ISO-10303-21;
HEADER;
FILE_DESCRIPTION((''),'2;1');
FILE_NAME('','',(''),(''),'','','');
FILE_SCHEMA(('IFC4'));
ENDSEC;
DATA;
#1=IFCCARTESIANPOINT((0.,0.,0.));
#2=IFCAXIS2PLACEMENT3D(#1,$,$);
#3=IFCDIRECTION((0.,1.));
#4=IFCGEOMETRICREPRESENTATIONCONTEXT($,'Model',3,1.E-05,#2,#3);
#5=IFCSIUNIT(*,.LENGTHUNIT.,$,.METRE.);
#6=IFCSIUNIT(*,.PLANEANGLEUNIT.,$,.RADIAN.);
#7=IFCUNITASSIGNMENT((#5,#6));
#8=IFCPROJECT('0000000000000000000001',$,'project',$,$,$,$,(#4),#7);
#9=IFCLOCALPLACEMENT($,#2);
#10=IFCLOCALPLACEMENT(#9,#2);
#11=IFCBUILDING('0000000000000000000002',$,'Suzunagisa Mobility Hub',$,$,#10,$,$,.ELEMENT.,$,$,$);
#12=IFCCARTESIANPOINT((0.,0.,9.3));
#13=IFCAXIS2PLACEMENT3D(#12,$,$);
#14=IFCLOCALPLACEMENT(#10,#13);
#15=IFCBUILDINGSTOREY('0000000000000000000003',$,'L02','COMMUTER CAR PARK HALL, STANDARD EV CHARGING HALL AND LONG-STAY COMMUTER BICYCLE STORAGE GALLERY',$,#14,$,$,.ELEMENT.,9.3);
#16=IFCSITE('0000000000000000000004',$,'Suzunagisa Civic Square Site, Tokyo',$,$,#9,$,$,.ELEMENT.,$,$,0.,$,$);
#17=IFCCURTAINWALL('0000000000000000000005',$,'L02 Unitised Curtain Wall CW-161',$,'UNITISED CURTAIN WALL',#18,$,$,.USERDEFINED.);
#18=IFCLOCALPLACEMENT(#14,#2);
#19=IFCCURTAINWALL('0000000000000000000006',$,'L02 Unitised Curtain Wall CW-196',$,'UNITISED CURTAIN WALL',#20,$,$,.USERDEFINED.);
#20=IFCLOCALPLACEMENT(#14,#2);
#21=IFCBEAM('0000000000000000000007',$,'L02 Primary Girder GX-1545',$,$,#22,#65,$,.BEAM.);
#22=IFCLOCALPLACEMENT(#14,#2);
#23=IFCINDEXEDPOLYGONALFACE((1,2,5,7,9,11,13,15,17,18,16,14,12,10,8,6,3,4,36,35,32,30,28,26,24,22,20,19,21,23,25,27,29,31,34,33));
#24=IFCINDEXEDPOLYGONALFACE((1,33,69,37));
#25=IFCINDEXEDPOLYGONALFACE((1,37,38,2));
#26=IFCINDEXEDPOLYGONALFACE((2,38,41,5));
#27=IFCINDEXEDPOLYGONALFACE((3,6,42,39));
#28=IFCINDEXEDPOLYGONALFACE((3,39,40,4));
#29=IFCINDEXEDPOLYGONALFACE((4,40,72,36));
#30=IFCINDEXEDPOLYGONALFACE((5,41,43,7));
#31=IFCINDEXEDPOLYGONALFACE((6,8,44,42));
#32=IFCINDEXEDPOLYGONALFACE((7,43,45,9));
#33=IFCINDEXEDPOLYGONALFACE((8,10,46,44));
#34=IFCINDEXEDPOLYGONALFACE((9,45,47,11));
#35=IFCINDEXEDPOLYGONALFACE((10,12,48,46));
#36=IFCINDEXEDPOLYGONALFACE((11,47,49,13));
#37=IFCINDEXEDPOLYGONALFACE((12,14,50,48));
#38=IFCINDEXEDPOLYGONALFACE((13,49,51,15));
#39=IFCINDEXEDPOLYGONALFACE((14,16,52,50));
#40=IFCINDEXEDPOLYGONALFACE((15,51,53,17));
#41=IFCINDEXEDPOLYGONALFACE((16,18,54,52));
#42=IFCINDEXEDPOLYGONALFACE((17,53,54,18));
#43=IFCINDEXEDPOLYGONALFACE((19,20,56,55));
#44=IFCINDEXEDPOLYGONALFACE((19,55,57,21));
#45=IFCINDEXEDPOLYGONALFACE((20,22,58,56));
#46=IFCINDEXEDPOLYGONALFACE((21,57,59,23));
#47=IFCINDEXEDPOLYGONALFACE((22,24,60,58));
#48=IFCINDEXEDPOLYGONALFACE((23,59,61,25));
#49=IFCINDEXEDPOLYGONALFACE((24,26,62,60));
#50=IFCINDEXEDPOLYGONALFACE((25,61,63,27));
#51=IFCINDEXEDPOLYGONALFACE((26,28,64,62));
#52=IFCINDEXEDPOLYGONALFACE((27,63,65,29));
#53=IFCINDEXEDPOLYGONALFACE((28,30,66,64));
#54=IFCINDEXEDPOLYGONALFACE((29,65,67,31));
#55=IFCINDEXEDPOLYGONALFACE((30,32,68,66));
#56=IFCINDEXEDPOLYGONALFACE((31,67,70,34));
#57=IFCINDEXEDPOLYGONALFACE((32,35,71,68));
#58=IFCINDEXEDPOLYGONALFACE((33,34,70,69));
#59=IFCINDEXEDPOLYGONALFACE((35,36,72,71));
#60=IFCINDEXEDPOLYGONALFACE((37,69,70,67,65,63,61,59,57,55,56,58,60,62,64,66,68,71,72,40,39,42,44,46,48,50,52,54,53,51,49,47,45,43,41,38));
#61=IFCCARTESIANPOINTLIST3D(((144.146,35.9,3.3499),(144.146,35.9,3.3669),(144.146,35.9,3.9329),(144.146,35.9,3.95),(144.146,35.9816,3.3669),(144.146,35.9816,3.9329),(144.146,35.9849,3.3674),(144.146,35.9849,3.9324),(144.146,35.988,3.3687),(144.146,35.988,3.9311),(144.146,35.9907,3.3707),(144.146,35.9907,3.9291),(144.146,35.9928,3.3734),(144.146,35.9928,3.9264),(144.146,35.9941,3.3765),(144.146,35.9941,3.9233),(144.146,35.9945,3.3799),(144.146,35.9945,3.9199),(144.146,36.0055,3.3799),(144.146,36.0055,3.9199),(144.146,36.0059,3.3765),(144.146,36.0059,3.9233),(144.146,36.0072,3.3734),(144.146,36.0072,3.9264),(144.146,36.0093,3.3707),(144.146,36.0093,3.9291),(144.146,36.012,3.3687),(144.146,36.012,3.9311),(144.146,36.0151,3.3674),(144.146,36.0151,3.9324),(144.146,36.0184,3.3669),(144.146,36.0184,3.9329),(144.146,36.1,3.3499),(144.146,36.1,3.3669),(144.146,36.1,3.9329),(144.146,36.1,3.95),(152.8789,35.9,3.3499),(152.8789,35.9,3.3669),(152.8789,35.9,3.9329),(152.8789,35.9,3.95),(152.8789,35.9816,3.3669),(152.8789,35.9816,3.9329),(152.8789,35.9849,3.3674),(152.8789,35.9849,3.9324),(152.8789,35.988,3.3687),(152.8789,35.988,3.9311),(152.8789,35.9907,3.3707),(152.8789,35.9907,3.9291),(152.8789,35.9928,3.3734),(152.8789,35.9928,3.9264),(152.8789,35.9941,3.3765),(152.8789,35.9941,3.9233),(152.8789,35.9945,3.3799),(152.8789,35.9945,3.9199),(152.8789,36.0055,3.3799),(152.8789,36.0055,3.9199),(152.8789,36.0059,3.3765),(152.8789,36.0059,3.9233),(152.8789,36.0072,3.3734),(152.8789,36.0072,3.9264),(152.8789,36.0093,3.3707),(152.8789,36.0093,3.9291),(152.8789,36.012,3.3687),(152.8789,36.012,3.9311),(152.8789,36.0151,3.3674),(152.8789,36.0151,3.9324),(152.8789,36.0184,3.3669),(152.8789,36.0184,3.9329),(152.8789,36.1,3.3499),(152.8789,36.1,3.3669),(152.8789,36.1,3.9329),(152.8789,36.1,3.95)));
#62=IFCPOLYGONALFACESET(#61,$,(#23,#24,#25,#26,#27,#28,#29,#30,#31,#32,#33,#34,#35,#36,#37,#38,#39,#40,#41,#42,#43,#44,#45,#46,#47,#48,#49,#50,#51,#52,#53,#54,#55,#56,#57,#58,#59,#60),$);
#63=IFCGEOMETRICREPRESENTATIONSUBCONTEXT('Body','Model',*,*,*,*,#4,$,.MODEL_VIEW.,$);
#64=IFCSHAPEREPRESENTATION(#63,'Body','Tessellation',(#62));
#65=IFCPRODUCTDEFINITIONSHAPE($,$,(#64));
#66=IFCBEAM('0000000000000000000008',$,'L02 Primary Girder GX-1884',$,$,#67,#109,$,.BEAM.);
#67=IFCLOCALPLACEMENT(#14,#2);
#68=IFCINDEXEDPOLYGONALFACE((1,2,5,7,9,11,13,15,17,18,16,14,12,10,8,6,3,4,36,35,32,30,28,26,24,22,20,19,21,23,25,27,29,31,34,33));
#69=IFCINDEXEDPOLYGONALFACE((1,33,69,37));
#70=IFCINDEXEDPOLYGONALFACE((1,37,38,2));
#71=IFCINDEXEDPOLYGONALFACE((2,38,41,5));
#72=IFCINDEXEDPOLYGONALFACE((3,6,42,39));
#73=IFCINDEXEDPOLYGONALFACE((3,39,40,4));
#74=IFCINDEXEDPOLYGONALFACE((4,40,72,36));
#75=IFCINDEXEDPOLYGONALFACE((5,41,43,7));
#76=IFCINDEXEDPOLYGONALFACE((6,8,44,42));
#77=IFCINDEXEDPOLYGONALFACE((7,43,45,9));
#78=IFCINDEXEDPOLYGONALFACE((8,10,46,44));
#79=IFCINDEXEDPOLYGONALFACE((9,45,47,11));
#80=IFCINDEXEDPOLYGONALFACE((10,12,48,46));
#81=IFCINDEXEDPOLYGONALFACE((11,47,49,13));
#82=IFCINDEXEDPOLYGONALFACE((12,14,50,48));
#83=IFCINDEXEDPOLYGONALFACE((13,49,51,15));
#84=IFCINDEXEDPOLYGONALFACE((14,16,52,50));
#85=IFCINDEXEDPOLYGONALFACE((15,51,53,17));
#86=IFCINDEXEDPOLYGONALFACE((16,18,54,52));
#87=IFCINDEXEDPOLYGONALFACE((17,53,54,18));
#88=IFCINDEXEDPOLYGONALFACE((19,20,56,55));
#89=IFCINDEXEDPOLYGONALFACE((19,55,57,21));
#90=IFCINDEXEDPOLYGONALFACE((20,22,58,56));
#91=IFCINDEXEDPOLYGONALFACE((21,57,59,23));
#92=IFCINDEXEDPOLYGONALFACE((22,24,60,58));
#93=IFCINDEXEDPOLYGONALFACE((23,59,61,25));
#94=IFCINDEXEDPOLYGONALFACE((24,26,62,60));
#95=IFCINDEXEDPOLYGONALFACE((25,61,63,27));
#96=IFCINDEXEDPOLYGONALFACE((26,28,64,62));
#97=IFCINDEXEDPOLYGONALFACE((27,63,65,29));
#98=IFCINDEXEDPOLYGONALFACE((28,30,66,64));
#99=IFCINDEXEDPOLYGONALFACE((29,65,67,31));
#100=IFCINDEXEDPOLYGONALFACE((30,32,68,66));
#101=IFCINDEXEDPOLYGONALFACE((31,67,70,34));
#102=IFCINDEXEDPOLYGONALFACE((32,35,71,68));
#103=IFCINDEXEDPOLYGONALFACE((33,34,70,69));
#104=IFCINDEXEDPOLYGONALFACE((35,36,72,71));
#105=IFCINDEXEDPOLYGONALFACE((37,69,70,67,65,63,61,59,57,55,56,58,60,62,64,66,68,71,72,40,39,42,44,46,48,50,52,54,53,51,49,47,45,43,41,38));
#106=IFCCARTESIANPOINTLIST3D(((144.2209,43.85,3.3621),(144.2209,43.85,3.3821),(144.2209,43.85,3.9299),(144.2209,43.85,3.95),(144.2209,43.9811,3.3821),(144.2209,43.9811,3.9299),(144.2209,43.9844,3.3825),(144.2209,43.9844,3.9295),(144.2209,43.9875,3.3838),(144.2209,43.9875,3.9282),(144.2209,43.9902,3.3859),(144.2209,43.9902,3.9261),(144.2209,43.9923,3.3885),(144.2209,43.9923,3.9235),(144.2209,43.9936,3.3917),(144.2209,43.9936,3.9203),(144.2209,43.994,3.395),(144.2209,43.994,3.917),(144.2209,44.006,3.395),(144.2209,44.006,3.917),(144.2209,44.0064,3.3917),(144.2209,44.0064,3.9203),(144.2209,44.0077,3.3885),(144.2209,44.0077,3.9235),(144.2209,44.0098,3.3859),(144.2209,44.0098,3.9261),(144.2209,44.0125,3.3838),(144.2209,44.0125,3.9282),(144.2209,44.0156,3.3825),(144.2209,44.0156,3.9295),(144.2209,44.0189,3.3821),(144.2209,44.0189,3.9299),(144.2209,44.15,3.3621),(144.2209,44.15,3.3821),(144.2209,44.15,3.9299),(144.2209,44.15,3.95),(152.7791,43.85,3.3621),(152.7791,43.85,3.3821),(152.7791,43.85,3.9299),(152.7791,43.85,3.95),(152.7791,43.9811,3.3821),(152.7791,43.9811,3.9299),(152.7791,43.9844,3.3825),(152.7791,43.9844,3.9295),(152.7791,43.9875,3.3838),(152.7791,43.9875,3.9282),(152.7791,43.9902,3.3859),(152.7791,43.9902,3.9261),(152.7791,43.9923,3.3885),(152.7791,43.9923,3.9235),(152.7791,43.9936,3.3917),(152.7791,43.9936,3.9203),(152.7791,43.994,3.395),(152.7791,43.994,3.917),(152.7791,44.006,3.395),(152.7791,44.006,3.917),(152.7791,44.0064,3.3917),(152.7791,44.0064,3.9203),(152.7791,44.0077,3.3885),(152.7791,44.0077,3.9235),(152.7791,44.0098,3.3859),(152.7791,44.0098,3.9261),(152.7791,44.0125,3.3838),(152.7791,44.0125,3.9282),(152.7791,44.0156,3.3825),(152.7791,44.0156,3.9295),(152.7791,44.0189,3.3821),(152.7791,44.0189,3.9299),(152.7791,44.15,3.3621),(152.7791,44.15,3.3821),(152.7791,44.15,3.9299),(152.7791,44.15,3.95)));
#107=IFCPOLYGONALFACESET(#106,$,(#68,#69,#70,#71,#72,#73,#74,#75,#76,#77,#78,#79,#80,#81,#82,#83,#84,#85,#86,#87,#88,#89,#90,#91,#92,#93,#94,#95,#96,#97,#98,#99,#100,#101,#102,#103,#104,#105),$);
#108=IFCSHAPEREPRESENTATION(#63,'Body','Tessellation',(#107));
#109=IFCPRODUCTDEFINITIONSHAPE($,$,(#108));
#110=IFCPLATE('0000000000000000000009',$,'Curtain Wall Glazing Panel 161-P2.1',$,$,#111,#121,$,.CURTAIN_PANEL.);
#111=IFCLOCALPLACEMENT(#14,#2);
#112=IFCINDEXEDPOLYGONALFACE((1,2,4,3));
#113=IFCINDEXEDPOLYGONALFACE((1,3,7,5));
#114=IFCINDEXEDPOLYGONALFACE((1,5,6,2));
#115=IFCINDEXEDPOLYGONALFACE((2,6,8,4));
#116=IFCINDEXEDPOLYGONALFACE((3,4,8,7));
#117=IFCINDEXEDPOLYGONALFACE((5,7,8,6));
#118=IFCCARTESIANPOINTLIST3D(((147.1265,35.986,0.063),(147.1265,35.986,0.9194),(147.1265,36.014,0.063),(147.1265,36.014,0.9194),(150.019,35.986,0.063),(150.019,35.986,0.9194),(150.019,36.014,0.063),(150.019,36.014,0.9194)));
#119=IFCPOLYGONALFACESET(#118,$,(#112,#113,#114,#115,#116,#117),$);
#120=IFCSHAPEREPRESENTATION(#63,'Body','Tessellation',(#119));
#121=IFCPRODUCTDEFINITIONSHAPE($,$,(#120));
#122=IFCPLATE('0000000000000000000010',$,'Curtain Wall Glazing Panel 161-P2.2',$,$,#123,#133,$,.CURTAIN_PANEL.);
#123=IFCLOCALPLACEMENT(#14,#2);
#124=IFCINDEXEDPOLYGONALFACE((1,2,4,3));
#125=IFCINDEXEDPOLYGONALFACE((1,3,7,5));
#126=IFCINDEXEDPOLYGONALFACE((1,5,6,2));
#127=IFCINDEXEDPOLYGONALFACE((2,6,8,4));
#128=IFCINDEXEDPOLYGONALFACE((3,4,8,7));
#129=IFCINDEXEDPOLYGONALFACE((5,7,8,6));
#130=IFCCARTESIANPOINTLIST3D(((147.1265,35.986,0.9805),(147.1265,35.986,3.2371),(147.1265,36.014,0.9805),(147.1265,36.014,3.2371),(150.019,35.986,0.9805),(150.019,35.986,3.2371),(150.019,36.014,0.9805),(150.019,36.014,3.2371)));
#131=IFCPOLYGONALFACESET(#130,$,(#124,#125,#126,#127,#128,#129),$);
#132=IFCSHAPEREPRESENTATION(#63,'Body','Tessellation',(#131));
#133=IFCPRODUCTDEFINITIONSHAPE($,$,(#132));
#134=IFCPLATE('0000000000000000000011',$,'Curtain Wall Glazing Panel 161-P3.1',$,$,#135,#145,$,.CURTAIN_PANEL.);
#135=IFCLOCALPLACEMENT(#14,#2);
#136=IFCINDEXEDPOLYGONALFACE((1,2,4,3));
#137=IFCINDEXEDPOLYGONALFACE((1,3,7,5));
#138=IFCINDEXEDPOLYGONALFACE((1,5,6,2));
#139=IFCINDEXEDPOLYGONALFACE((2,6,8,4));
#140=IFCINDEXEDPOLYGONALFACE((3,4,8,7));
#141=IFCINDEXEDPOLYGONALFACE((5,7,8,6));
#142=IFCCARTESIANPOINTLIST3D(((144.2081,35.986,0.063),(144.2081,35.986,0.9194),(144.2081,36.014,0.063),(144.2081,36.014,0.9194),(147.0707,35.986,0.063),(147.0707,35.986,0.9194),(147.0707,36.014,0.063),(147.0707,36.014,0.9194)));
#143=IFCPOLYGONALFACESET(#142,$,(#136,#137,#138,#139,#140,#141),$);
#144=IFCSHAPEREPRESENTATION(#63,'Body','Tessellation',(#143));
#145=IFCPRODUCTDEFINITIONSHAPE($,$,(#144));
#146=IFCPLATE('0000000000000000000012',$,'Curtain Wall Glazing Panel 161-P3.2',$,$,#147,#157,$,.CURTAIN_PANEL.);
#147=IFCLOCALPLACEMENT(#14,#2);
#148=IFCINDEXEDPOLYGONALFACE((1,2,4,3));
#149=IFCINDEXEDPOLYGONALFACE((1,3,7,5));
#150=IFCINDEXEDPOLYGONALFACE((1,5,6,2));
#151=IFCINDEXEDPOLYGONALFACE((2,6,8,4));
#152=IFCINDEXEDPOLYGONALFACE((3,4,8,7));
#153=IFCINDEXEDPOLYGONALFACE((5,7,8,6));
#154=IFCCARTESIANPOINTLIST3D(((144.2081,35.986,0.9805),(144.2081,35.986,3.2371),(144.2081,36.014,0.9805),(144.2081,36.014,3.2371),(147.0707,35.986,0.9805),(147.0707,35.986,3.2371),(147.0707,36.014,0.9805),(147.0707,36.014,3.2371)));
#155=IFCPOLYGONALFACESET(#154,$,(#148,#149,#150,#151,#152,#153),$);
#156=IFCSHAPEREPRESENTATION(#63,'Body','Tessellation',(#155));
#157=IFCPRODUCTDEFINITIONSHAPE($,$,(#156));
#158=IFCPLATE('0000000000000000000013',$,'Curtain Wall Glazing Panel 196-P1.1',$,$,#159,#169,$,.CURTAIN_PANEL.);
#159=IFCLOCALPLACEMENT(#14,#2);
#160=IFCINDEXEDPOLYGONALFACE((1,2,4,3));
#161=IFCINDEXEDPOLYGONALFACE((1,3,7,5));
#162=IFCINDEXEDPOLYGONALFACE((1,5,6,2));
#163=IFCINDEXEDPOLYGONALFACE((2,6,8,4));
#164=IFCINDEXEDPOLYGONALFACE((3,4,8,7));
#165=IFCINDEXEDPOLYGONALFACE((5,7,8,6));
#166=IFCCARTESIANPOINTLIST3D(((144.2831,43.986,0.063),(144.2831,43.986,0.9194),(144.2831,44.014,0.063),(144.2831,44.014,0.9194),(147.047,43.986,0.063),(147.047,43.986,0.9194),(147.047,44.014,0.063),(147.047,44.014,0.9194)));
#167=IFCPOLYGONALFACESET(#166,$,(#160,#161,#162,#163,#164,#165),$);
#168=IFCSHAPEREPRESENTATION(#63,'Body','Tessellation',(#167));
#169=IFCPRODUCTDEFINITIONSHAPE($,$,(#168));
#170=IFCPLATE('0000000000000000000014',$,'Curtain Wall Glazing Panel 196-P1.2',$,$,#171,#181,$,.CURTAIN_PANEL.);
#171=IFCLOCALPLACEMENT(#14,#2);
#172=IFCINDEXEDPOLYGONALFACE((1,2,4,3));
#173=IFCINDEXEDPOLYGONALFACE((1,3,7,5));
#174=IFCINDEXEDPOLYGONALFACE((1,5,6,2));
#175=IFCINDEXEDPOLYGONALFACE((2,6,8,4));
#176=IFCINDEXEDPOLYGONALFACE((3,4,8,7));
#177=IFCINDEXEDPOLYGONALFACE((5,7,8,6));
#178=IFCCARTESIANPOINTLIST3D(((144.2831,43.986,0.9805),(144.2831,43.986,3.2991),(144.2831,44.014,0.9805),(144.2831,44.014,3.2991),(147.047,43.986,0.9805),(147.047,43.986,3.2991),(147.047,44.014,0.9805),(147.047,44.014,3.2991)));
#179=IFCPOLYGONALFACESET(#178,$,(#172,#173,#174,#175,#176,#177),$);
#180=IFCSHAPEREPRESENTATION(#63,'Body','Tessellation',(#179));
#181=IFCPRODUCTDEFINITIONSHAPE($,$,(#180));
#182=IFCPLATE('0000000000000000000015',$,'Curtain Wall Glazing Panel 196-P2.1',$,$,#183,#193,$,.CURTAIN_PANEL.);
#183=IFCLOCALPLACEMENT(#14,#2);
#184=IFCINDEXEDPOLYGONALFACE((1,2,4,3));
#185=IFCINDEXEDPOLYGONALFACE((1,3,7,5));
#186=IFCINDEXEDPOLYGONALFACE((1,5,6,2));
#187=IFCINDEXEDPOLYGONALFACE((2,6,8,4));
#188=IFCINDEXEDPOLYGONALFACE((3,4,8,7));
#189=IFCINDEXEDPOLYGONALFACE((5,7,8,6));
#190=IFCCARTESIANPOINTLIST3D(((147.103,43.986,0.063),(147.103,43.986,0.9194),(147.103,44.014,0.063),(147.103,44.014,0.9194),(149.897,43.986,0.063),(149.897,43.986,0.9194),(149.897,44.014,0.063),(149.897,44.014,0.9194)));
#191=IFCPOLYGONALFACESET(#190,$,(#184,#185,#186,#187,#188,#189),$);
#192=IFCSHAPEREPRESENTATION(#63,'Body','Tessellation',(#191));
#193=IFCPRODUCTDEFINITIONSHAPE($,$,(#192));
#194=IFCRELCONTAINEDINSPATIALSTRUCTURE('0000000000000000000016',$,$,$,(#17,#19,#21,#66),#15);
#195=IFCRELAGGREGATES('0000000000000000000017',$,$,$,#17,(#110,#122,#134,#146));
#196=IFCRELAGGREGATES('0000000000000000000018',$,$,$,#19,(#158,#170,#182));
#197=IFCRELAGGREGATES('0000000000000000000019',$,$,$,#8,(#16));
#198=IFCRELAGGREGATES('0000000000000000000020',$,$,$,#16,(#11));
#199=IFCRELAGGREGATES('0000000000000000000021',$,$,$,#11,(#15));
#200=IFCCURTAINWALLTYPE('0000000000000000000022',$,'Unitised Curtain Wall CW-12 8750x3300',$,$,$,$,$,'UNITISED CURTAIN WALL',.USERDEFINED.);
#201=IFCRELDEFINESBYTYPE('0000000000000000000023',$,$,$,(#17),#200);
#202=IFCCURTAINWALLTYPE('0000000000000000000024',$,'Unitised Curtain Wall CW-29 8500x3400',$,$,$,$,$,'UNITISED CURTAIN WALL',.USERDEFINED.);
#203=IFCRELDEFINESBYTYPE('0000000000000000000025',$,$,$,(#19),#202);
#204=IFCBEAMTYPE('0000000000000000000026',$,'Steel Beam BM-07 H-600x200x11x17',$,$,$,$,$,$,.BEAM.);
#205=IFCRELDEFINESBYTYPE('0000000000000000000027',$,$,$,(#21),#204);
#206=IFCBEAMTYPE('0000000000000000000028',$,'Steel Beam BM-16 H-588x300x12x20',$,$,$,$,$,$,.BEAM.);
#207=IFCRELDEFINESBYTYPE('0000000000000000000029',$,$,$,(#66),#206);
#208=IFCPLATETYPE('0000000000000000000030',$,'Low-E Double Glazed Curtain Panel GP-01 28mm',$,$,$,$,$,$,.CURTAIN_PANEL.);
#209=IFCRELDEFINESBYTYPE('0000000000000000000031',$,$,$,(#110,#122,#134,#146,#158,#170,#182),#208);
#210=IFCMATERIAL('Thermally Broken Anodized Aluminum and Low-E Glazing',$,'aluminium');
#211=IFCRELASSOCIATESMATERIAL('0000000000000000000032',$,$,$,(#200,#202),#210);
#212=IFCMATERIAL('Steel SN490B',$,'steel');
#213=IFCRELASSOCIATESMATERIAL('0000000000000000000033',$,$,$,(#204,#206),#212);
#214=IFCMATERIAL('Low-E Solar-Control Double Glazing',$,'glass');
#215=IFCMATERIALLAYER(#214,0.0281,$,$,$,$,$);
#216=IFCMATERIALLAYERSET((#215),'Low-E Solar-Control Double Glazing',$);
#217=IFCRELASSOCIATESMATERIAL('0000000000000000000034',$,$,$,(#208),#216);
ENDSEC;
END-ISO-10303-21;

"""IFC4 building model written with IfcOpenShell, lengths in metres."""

from ifc_helpers import new_model, si_unit, direction, frame, origin, origin_2d, place, context, subcontext, project, spatial, rectangle, i_section, extrude, material, layer, layer_set, material_profile, profile_set, type_object, element, aggregate, save


model = new_model("IFC4")

# Units and contexts
model_context = context("Model", 3, precision=1e-05, world=origin(), true_north=direction((0.0, 1.0)))
body_context = subcontext(model_context, "Body", "Model", "MODEL_VIEW")
ifc_project = project(units=[si_unit("LENGTHUNIT", "METRE"), si_unit("PLANEANGLEUNIT", "RADIAN")], contexts=[model_context])

# Site, building, storey
site_placement = place(None, origin())
site = spatial("IfcSite", under=ifc_project, at=site_placement, Name="Suzunagisa Civic Square Site, Tokyo", CompositionType="ELEMENT", RefElevation=0.0)
building_placement = place(site_placement, origin())
building = spatial("IfcBuilding", under=site, at=building_placement, Name="Suzunagisa Mobility Hub", CompositionType="ELEMENT")
storey_placement = place(building_placement, frame((0.0, 0.0, 9.3)))
storey = spatial("IfcBuildingStorey", under=building, at=storey_placement, Name="L02", Description="COMMUTER CAR PARK HALL, STANDARD EV CHARGING HALL AND LONG-STAY COMMUTER BICYCLE STORAGE GALLERY", CompositionType="ELEMENT", Elevation=9.3)

# Shared definitions
ifc_material_1 = material(Name="Steel SN490B", Category="steel")

# Curtain walls
ifc_material_2 = material(Name="Thermally Broken Anodized Aluminum and Low-E Glazing", Category="aluminium")
curtain_wall_type_1 = type_object("IfcCurtainWallType", Name="Unitised Curtain Wall CW-12 8750x3300", ElementType="UNITISED CURTAIN WALL", PredefinedType="USERDEFINED", material=ifc_material_2)
curtain_wall_1_placement = place(storey_placement, origin())
curtain_wall_1 = element("IfcCurtainWall", 1, at=curtain_wall_1_placement, inside=storey, type_object=curtain_wall_type_1, Name="L02 Unitised Curtain Wall CW-161", ObjectType="UNITISED CURTAIN WALL", PredefinedType="USERDEFINED")
curtain_wall_type_2 = type_object("IfcCurtainWallType", Name="Unitised Curtain Wall CW-29 8500x3400", ElementType="UNITISED CURTAIN WALL", PredefinedType="USERDEFINED", material=ifc_material_2)
curtain_wall_2_placement = place(storey_placement, origin())
curtain_wall_2 = element("IfcCurtainWall", 2, at=curtain_wall_2_placement, inside=storey, type_object=curtain_wall_type_2, Name="L02 Unitised Curtain Wall CW-196", ObjectType="UNITISED CURTAIN WALL", PredefinedType="USERDEFINED")

# Beams
ifc_material_profile_1 = material_profile(ifc_material_1, i_section(OverallWidth=0.2, OverallDepth=0.6001, WebThickness=0.011, FlangeThickness=0.0171, FilletRadius=0.0129, at=origin_2d()), Name="H-600x200x11x17")
ifc_profile_set_1 = profile_set([ifc_material_profile_1], Name="Steel SN490B")
beam_type_1 = type_object("IfcBeamType", Name="Steel Beam BM-07 H-600x200x11x17", PredefinedType="BEAM", material=ifc_profile_set_1)
for number, where, z_axis, x_axis, name in (
    (3, (144.146, 36.0, 3.6499), (1.0, 0.0, 0.0), (0.0, 1.0, 0.0), "L02 Primary Girder GX-1545"),
):
    element("IfcBeam", number, at=place(storey_placement, frame(where, z_axis=z_axis, x_axis=x_axis)), inside=storey, type_object=beam_type_1, Name=name, PredefinedType="BEAM", context=body_context, shape_type="SweptSolid", body=[
        extrude(i_section(OverallWidth=0.2, OverallDepth=0.6001, WebThickness=0.011, FlangeThickness=0.0171, FilletRadius=0.0129, at=origin_2d()), origin(), (0.0, 0.0, 1.0), 8.7329),
    ])
ifc_material_profile_2 = material_profile(ifc_material_1, i_section(OverallWidth=0.3, OverallDepth=0.5879, WebThickness=0.012, FlangeThickness=0.02, FilletRadius=0.0129, at=origin_2d()), Name="H-588x300x12x20")
ifc_profile_set_2 = profile_set([ifc_material_profile_2], Name="Steel SN490B")
beam_type_2 = type_object("IfcBeamType", Name="Steel Beam BM-16 H-588x300x12x20", PredefinedType="BEAM", material=ifc_profile_set_2)
beam_placement = place(storey_placement, frame((144.2209, 44.0, 3.656), z_axis=(1.0, 0.0, 0.0), x_axis=(0.0, 1.0, 0.0)))
element("IfcBeam", 4, at=beam_placement, inside=storey, type_object=beam_type_2, Name="L02 Primary Girder GX-1884", PredefinedType="BEAM", context=body_context, shape_type="SweptSolid", body=[
    extrude(i_section(OverallWidth=0.3, OverallDepth=0.5879, WebThickness=0.012, FlangeThickness=0.02, FilletRadius=0.0129, at=origin_2d()), origin(), (0.0, 0.0, 1.0), 8.5581),
])

# Plates
ifc_material_3 = material(Name="Low-E Solar-Control Double Glazing", Category="glass")
ifc_layer_1 = layer(ifc_material_3, 0.0281)
ifc_layer_set_1 = layer_set([ifc_layer_1], Name="Low-E Solar-Control Double Glazing")
plate_type = type_object("IfcPlateType", Name="Low-E Double Glazed Curtain Panel GP-01 28mm", PredefinedType="CURTAIN_PANEL", material=ifc_layer_set_1)
plate_1_placement = place(storey_placement, frame((148.5728, 36.0, 0.063), z_axis=(0.0, 0.0, 1.0), x_axis=(-1.0, 0.0, 0.0)))
plate_1 = element("IfcPlate", 5, at=plate_1_placement, type_object=plate_type, Name="Curtain Wall Glazing Panel 161-P2.1", PredefinedType="CURTAIN_PANEL", context=body_context, shape_type="SweptSolid", body=[
    extrude(rectangle(XDim=2.8926, YDim=0.0281, at=origin_2d()), origin(), (0.0, 0.0, 1.0), 0.8564),
])
plate_2_placement = place(storey_placement, frame((148.5728, 36.0, 0.9805), z_axis=(0.0, 0.0, 1.0), x_axis=(-1.0, 0.0, 0.0)))
plate_2 = element("IfcPlate", 6, at=plate_2_placement, type_object=plate_type, Name="Curtain Wall Glazing Panel 161-P2.2", PredefinedType="CURTAIN_PANEL", context=body_context, shape_type="SweptSolid", body=[
    extrude(rectangle(XDim=2.8926, YDim=0.0281, at=origin_2d()), origin(), (0.0, 0.0, 1.0), 2.2566),
])
plate_3_placement = place(storey_placement, frame((145.6394, 36.0, 0.063), z_axis=(0.0, 0.0, 1.0), x_axis=(-1.0, 0.0, 0.0)))
plate_3 = element("IfcPlate", 7, at=plate_3_placement, type_object=plate_type, Name="Curtain Wall Glazing Panel 161-P3.1", PredefinedType="CURTAIN_PANEL", context=body_context, shape_type="SweptSolid", body=[
    extrude(rectangle(XDim=2.8625, YDim=0.0281, at=origin_2d()), origin(), (0.0, 0.0, 1.0), 0.8564),
])
plate_4_placement = place(storey_placement, frame((145.6394, 36.0, 0.9805), z_axis=(0.0, 0.0, 1.0), x_axis=(-1.0, 0.0, 0.0)))
plate_4 = element("IfcPlate", 8, at=plate_4_placement, type_object=plate_type, Name="Curtain Wall Glazing Panel 161-P3.2", PredefinedType="CURTAIN_PANEL", context=body_context, shape_type="SweptSolid", body=[
    extrude(rectangle(XDim=2.8625, YDim=0.0281, at=origin_2d()), origin(), (0.0, 0.0, 1.0), 2.2566),
])
aggregate(curtain_wall_1, [plate_1, plate_2, plate_3, plate_4])
plate_5_placement = place(storey_placement, frame((145.665, 44.0, 0.063), z_axis=(0.0, 0.0, 1.0), x_axis=(1.0, 0.0, 0.0)))
plate_5 = element("IfcPlate", 9, at=plate_5_placement, type_object=plate_type, Name="Curtain Wall Glazing Panel 196-P1.1", PredefinedType="CURTAIN_PANEL", context=body_context, shape_type="SweptSolid", body=[
    extrude(rectangle(XDim=2.7639, YDim=0.0281, at=origin_2d()), origin(), (0.0, 0.0, 1.0), 0.8564),
])
plate_6_placement = place(storey_placement, frame((145.665, 44.0, 0.9805), z_axis=(0.0, 0.0, 1.0), x_axis=(1.0, 0.0, 0.0)))
plate_6 = element("IfcPlate", 10, at=plate_6_placement, type_object=plate_type, Name="Curtain Wall Glazing Panel 196-P1.2", PredefinedType="CURTAIN_PANEL", context=body_context, shape_type="SweptSolid", body=[
    extrude(rectangle(XDim=2.7639, YDim=0.0281, at=origin_2d()), origin(), (0.0, 0.0, 1.0), 2.3186),
])
plate_7_placement = place(storey_placement, frame((148.5, 44.0, 0.063), z_axis=(0.0, 0.0, 1.0), x_axis=(1.0, 0.0, 0.0)))
plate_7 = element("IfcPlate", 11, at=plate_7_placement, type_object=plate_type, Name="Curtain Wall Glazing Panel 196-P2.1", PredefinedType="CURTAIN_PANEL", context=body_context, shape_type="SweptSolid", body=[
    extrude(rectangle(XDim=2.7939, YDim=0.0281, at=origin_2d()), origin(), (0.0, 0.0, 1.0), 0.8564),
])
aggregate(curtain_wall_2, [plate_5, plate_6, plate_7])

save(model, "model.ifc")
